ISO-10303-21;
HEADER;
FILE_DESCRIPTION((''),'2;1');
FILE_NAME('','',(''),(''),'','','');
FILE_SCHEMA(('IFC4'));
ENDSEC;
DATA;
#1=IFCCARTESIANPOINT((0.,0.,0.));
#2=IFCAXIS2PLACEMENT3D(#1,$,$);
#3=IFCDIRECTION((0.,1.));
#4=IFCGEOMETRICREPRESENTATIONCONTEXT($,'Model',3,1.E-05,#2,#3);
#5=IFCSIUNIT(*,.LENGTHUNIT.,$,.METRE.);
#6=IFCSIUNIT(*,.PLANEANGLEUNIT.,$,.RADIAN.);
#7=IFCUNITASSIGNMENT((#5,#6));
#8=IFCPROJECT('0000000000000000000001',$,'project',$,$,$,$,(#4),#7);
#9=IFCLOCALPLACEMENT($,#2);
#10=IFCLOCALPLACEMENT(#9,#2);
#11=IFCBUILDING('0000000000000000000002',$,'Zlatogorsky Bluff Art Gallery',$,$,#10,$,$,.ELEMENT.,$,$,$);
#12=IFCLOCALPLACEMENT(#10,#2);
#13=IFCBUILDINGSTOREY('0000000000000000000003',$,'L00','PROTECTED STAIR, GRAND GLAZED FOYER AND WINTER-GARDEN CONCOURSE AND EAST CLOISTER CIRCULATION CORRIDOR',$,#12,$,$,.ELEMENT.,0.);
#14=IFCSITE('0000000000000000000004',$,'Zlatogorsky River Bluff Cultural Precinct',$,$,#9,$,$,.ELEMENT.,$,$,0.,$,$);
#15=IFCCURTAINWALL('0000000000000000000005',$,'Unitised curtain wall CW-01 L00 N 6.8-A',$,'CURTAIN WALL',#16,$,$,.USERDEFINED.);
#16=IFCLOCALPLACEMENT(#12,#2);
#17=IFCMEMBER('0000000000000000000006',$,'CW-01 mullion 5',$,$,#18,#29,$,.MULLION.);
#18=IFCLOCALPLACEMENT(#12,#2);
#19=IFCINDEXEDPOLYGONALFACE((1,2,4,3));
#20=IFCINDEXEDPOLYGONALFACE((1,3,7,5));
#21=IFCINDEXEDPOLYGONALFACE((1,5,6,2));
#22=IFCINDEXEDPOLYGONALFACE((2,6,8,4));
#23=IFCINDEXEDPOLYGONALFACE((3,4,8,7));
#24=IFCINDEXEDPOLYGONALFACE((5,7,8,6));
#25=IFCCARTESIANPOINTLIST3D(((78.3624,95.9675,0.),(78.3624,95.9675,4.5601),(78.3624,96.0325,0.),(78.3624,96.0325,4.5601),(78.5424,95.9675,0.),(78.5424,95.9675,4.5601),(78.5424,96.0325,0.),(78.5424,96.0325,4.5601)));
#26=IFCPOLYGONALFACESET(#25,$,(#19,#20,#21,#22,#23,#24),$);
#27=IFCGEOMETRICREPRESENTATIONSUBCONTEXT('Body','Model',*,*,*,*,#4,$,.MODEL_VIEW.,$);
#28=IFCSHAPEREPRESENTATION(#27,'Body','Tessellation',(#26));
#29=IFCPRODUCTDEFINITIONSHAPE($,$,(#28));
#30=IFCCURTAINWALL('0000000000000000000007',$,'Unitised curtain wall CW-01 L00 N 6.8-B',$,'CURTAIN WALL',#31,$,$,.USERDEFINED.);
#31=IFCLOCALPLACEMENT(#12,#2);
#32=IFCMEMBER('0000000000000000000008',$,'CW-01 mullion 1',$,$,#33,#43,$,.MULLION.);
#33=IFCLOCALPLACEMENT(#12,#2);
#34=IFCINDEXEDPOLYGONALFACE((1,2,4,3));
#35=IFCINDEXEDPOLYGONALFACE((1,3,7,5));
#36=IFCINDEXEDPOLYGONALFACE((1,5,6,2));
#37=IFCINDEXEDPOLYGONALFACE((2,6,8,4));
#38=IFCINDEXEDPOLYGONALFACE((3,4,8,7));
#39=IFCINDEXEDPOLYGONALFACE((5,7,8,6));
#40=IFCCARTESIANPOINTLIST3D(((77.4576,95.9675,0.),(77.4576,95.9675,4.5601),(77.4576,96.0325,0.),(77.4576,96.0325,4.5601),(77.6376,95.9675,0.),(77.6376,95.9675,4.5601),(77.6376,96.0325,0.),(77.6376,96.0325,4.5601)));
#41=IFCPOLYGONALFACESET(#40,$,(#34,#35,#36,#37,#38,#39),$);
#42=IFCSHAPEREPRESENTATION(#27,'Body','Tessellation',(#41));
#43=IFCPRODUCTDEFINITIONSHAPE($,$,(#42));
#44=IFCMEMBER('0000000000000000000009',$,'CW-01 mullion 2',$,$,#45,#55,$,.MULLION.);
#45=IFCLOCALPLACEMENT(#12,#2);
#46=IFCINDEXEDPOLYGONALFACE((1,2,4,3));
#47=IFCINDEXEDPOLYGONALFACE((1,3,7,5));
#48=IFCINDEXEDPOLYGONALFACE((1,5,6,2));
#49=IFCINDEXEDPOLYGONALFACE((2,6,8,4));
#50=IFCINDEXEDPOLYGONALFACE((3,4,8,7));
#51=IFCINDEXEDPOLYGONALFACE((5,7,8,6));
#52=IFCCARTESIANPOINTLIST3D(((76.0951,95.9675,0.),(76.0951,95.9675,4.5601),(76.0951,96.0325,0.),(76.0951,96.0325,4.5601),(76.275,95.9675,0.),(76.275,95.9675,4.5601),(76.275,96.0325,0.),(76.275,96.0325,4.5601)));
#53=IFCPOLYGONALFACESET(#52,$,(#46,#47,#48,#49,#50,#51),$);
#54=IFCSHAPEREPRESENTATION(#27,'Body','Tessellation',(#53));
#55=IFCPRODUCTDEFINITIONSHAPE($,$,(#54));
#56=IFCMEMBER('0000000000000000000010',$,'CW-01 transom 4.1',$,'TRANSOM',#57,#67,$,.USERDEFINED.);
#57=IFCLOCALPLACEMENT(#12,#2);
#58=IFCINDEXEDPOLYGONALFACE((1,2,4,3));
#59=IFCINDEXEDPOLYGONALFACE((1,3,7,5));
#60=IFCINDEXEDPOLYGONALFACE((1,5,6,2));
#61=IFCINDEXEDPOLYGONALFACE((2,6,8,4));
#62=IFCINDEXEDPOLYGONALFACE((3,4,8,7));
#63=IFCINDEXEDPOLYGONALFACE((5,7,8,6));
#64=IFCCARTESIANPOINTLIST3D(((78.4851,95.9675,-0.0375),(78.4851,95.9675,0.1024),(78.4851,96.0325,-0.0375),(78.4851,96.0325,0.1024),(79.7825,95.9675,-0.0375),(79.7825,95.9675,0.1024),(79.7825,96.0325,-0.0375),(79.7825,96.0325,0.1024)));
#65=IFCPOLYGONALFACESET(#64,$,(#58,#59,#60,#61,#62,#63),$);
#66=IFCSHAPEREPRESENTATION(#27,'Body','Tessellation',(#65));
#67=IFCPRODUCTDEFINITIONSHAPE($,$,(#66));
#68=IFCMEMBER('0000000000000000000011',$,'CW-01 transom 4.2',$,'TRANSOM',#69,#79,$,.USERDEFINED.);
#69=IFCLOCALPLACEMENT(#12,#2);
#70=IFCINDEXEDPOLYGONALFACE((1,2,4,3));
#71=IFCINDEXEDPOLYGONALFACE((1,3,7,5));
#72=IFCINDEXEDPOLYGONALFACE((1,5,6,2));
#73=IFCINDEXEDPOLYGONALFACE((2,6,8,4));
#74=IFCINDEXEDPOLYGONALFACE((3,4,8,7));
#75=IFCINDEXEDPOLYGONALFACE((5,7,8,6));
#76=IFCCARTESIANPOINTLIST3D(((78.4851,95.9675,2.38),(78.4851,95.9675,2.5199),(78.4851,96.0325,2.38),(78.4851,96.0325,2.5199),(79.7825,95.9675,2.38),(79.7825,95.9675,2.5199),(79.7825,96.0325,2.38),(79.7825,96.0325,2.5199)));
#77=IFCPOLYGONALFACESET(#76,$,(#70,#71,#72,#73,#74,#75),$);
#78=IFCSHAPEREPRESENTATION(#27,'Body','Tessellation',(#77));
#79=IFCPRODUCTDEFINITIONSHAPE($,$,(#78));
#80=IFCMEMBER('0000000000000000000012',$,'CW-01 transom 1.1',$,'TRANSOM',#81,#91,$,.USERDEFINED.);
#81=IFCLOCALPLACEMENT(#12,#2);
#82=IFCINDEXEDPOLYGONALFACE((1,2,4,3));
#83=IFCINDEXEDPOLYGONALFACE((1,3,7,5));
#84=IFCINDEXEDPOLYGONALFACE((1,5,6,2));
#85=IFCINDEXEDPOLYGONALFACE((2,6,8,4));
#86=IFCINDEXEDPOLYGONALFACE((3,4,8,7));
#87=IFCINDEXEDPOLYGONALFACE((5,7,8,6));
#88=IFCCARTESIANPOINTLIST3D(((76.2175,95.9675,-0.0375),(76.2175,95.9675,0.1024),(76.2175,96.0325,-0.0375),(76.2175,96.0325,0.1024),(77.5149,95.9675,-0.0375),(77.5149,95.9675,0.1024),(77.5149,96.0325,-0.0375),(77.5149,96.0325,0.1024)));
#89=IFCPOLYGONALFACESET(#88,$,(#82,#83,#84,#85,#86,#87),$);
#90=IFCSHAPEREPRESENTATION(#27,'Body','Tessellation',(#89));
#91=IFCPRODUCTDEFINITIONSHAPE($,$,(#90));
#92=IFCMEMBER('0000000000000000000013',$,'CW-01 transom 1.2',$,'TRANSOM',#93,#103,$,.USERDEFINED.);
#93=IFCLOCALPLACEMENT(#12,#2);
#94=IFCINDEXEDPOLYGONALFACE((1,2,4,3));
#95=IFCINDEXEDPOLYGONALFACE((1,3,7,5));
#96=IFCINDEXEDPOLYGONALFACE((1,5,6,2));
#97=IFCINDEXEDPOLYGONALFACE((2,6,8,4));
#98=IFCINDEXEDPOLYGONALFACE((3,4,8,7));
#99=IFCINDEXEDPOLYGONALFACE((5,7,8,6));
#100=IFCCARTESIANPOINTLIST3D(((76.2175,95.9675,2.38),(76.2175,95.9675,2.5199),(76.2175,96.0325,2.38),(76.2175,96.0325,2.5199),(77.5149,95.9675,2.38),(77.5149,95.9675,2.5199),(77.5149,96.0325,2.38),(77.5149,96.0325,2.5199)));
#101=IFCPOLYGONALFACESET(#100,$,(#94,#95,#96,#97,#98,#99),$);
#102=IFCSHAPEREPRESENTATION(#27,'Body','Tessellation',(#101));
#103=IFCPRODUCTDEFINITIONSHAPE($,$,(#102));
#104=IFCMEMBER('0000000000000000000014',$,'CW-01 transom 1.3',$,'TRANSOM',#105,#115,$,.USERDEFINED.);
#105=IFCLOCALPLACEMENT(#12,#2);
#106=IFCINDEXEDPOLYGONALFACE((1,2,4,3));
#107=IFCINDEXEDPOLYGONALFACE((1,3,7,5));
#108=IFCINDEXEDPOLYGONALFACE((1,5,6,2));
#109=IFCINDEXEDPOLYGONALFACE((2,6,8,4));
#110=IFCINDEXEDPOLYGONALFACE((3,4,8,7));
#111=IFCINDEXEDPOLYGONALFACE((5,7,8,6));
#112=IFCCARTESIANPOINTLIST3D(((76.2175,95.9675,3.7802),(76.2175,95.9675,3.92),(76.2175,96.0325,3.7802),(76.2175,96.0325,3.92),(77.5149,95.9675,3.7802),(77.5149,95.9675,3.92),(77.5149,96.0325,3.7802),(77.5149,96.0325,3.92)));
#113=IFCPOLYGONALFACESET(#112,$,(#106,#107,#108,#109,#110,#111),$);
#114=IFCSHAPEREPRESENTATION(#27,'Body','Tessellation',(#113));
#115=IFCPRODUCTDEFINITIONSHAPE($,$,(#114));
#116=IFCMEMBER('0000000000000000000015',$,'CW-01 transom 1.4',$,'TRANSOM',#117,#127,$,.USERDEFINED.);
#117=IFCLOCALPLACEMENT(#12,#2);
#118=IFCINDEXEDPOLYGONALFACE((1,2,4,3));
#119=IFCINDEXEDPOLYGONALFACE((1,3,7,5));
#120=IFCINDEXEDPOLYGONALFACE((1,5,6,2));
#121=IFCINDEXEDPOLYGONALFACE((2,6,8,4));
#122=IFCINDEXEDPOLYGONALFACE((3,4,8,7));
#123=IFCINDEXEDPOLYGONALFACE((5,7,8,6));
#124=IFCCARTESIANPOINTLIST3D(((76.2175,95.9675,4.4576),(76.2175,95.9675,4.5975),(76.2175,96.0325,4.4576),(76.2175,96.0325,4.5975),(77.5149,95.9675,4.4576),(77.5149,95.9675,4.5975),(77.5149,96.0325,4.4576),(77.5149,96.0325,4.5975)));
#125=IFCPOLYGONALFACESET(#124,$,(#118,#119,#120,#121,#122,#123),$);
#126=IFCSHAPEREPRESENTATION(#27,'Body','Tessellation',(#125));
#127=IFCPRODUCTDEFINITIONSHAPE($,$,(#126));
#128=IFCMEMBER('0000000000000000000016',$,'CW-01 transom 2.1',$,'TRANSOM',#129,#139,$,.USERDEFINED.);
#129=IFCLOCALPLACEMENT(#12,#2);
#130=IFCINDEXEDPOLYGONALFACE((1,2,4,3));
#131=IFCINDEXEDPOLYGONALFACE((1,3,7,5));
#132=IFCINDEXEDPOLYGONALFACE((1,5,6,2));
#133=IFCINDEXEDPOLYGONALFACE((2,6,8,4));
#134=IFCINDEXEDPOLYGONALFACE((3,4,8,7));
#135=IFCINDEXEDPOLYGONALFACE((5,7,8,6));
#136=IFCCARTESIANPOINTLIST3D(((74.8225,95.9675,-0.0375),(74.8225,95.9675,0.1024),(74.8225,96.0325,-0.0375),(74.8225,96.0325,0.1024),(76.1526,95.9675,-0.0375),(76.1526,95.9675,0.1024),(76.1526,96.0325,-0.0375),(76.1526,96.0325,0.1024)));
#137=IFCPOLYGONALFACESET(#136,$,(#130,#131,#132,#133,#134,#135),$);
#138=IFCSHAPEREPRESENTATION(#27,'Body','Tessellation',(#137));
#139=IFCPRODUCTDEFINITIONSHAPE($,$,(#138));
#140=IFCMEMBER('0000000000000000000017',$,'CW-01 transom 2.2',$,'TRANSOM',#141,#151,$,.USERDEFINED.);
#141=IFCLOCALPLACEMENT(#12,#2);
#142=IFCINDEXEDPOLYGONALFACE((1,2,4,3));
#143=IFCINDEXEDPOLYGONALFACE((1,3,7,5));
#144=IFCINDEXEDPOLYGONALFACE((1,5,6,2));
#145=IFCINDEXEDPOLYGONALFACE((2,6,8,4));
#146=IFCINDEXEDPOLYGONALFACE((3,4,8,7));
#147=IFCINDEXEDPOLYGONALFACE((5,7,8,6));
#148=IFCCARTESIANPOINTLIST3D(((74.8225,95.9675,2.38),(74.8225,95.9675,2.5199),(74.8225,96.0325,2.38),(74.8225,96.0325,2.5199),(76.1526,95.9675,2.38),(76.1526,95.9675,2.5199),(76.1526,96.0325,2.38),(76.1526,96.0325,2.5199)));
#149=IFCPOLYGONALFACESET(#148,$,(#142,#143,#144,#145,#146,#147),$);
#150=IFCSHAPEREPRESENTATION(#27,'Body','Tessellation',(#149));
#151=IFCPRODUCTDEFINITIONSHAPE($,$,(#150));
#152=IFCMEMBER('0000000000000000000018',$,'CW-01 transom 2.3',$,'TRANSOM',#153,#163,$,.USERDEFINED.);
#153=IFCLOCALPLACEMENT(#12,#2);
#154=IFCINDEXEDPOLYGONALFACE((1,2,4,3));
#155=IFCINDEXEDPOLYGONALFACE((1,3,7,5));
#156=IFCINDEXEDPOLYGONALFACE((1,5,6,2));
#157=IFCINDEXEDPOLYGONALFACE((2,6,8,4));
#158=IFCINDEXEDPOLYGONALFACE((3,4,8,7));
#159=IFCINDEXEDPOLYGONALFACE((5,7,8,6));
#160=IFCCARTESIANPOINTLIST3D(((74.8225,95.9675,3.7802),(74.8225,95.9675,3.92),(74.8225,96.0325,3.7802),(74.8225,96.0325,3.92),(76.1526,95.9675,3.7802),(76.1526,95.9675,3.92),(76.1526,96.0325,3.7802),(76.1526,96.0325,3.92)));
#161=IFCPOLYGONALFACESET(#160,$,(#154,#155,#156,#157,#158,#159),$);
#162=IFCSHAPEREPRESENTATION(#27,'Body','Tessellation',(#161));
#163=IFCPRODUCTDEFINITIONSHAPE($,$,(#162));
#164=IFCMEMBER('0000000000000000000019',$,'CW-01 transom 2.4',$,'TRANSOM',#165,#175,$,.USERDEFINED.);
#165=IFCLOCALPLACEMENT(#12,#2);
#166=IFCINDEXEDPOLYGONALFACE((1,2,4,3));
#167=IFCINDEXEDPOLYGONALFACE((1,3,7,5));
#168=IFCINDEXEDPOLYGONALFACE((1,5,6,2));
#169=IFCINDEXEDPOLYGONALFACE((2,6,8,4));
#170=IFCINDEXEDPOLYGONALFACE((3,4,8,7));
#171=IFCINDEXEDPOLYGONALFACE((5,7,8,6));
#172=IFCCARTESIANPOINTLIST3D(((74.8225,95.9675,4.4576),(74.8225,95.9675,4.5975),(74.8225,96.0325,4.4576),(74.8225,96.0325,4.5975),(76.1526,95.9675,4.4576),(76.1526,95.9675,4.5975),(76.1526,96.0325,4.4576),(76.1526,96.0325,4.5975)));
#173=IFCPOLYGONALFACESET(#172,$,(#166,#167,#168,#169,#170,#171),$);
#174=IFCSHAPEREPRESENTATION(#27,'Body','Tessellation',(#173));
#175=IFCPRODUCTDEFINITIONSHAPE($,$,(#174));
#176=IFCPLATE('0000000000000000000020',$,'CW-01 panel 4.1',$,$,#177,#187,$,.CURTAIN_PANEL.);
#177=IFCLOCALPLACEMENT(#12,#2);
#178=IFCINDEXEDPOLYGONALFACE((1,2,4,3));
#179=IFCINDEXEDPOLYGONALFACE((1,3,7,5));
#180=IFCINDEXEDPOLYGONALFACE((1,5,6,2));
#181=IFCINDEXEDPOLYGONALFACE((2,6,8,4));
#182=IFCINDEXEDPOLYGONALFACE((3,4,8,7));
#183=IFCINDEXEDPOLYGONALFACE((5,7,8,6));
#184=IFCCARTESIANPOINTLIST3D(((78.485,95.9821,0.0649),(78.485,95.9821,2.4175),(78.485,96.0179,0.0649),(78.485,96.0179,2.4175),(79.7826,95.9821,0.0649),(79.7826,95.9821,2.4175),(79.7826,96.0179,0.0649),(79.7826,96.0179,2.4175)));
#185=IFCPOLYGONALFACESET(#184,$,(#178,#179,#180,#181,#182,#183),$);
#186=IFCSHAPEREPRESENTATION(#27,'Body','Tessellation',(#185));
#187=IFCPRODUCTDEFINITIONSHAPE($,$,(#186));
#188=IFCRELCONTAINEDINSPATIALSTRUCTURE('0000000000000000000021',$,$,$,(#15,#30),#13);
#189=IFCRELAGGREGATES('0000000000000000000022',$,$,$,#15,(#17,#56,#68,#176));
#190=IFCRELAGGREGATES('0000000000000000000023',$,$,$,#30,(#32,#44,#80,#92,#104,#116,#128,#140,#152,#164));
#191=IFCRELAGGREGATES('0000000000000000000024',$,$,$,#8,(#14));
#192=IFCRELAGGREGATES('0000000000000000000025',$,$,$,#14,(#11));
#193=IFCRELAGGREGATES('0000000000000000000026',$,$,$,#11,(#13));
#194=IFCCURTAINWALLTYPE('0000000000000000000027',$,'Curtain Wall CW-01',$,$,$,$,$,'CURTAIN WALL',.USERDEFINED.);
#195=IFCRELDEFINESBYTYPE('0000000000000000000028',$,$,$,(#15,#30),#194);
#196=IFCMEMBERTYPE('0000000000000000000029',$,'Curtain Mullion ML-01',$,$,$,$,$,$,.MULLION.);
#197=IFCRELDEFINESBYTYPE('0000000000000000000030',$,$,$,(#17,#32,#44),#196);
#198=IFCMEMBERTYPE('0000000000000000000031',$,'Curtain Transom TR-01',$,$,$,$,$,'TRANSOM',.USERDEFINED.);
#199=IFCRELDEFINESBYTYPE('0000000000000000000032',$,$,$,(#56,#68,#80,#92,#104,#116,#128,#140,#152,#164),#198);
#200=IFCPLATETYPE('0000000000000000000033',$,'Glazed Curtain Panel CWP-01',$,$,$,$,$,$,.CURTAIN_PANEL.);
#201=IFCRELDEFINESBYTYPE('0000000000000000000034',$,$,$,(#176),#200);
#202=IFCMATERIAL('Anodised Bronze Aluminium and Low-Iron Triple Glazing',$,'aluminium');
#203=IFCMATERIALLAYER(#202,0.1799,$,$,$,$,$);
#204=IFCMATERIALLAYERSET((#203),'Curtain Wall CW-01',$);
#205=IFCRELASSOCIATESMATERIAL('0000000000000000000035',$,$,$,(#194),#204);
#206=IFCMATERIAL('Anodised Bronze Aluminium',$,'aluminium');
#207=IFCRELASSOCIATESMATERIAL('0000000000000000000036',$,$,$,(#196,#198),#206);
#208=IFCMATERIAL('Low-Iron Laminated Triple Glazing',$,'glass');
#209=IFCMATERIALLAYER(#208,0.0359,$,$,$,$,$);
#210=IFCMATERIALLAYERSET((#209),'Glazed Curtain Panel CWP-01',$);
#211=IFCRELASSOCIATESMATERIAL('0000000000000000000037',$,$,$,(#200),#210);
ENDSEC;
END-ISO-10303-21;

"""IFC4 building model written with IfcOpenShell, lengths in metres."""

from ifc_helpers import new_model, si_unit, direction, frame, origin, origin_2d, place, context, subcontext, project, spatial, rectangle, extrude, material, layer, layer_set, material_profile, profile_set, type_object, element, aggregate, save


model = new_model("IFC4")

# Units and contexts
model_context = context("Model", 3, precision=1e-05, world=origin(), true_north=direction((0.0, 1.0)))
body_context = subcontext(model_context, "Body", "Model", "MODEL_VIEW")
ifc_project = project(units=[si_unit("LENGTHUNIT", "METRE"), si_unit("PLANEANGLEUNIT", "RADIAN")], contexts=[model_context])

# Site, building, storey
site_placement = place(None, origin())
site = spatial("IfcSite", under=ifc_project, at=site_placement, Name="Zlatogorsky River Bluff Cultural Precinct", CompositionType="ELEMENT", RefElevation=0.0)
building_placement = place(site_placement, origin())
building = spatial("IfcBuilding", under=site, at=building_placement, Name="Zlatogorsky Bluff Art Gallery", CompositionType="ELEMENT")
storey_placement = place(building_placement, origin())
storey = spatial("IfcBuildingStorey", under=building, at=storey_placement, Name="L00", Description="PROTECTED STAIR, GRAND GLAZED FOYER AND WINTER-GARDEN CONCOURSE AND EAST CLOISTER CIRCULATION CORRIDOR", CompositionType="ELEMENT", Elevation=0.0)

# Curtain wall, member
ifc_material_1 = material(Name="Anodised Bronze Aluminium and Low-Iron Triple Glazing", Category="aluminium")
ifc_layer_1 = layer(ifc_material_1, 0.1799)
ifc_layer_set_1 = layer_set([ifc_layer_1], Name="Curtain Wall CW-01")
curtain_wall_type = type_object("IfcCurtainWallType", Name="Curtain Wall CW-01", ElementType="CURTAIN WALL", PredefinedType="USERDEFINED", material=ifc_layer_set_1)
curtain_wall_1_placement = place(storey_placement, origin())
curtain_wall_1 = element("IfcCurtainWall", 1, at=curtain_wall_1_placement, inside=storey, type_object=curtain_wall_type, Name="Unitised curtain wall CW-01 L00 N 6.8-A", ObjectType="CURTAIN WALL", PredefinedType="USERDEFINED")
ifc_material_2 = material(Name="Anodised Bronze Aluminium", Category="aluminium")
ifc_material_profile_1 = material_profile(ifc_material_2, rectangle(XDim=0.0649, YDim=0.1799, at=origin_2d()), Name="ALU MULLION 65x180")
ifc_profile_set_1 = profile_set([ifc_material_profile_1], Name="Anodised Bronze Aluminium")
member_type_1 = type_object("IfcMemberType", Name="Curtain Mullion ML-01", PredefinedType="MULLION", material=ifc_profile_set_1)
member_1_placement = place(storey_placement, frame((78.4524, 96.0, 0.0), z_axis=(0.0, 0.0, 1.0), x_axis=(0.0, -1.0, 0.0)))
member_1 = element("IfcMember", 2, at=member_1_placement, type_object=member_type_1, Name="CW-01 mullion 5", PredefinedType="MULLION", context=body_context, shape_type="SweptSolid", body=[
    extrude(rectangle(XDim=0.0649, YDim=0.1799, at=origin_2d()), origin(), (0.0, 0.0, 1.0), 4.5601),
])

# Curtain wall, members
curtain_wall_2_placement = place(storey_placement, origin())
curtain_wall_2 = element("IfcCurtainWall", 3, at=curtain_wall_2_placement, inside=storey, type_object=curtain_wall_type, Name="Unitised curtain wall CW-01 L00 N 6.8-B", ObjectType="CURTAIN WALL", PredefinedType="USERDEFINED")
member_2_placement = place(storey_placement, frame((77.5476, 96.0, 0.0), z_axis=(0.0, 0.0, 1.0), x_axis=(0.0, -1.0, 0.0)))
member_2 = element("IfcMember", 4, at=member_2_placement, type_object=member_type_1, Name="CW-01 mullion 1", PredefinedType="MULLION", context=body_context, shape_type="SweptSolid", body=[
    extrude(rectangle(XDim=0.0649, YDim=0.1799, at=origin_2d()), origin(), (0.0, 0.0, 1.0), 4.5601),
])
member_3_placement = place(storey_placement, frame((76.1851, 96.0, 0.0), z_axis=(0.0, 0.0, 1.0), x_axis=(0.0, -1.0, 0.0)))
member_3 = element("IfcMember", 5, at=member_3_placement, type_object=member_type_1, Name="CW-01 mullion 2", PredefinedType="MULLION", context=body_context, shape_type="SweptSolid", body=[
    extrude(rectangle(XDim=0.0649, YDim=0.1799, at=origin_2d()), origin(), (0.0, 0.0, 1.0), 4.5601),
])

# Members
ifc_material_profile_2 = material_profile(ifc_material_2, rectangle(XDim=0.0649, YDim=0.1399, at=origin_2d()), Name="ALU TRANSOM 65x140")
ifc_profile_set_2 = profile_set([ifc_material_profile_2], Name="Anodised Bronze Aluminium")
member_type_2 = type_object("IfcMemberType", Name="Curtain Transom TR-01", ElementType="TRANSOM", PredefinedType="USERDEFINED", material=ifc_profile_set_2)
member_4_placement = place(storey_placement, frame((79.7825, 96.0, 0.0325), z_axis=(-1.0, 0.0, 0.0), x_axis=(0.0, -1.0, 0.0)))
member_4 = element("IfcMember", 6, at=member_4_placement, type_object=member_type_2, Name="CW-01 transom 4.1", ObjectType="TRANSOM", PredefinedType="USERDEFINED", context=body_context, shape_type="SweptSolid", body=[
    extrude(rectangle(XDim=0.0649, YDim=0.1399, at=origin_2d()), origin(), (0.0, 0.0, 1.0), 1.2974),
])
member_5_placement = place(storey_placement, frame((79.7825, 96.0, 2.45), z_axis=(-1.0, 0.0, 0.0), x_axis=(0.0, -1.0, 0.0)))
member_5 = element("IfcMember", 7, at=member_5_placement, type_object=member_type_2, Name="CW-01 transom 4.2", ObjectType="TRANSOM", PredefinedType="USERDEFINED", context=body_context, shape_type="SweptSolid", body=[
    extrude(rectangle(XDim=0.0649, YDim=0.1399, at=origin_2d()), origin(), (0.0, 0.0, 1.0), 1.2974),
])
member_6_placement = place(storey_placement, frame((77.5149, 96.0, 0.0325), z_axis=(-1.0, 0.0, 0.0), x_axis=(0.0, -1.0, 0.0)))
member_6 = element("IfcMember", 8, at=member_6_placement, type_object=member_type_2, Name="CW-01 transom 1.1", ObjectType="TRANSOM", PredefinedType="USERDEFINED", context=body_context, shape_type="SweptSolid", body=[
    extrude(rectangle(XDim=0.0649, YDim=0.1399, at=origin_2d()), origin(), (0.0, 0.0, 1.0), 1.2974),
])
member_7_placement = place(storey_placement, frame((77.5149, 96.0, 2.45), z_axis=(-1.0, 0.0, 0.0), x_axis=(0.0, -1.0, 0.0)))
member_7 = element("IfcMember", 9, at=member_7_placement, type_object=member_type_2, Name="CW-01 transom 1.2", ObjectType="TRANSOM", PredefinedType="USERDEFINED", context=body_context, shape_type="SweptSolid", body=[
    extrude(rectangle(XDim=0.0649, YDim=0.1399, at=origin_2d()), origin(), (0.0, 0.0, 1.0), 1.2974),
])
member_8_placement = place(storey_placement, frame((77.5149, 96.0, 3.8501), z_axis=(-1.0, 0.0, 0.0), x_axis=(0.0, -1.0, 0.0)))
member_8 = element("IfcMember", 10, at=member_8_placement, type_object=member_type_2, Name="CW-01 transom 1.3", ObjectType="TRANSOM", PredefinedType="USERDEFINED", context=body_context, shape_type="SweptSolid", body=[
    extrude(rectangle(XDim=0.0649, YDim=0.1399, at=origin_2d()), origin(), (0.0, 0.0, 1.0), 1.2974),
])
member_9_placement = place(storey_placement, frame((77.5149, 96.0, 4.5276), z_axis=(-1.0, 0.0, 0.0), x_axis=(0.0, -1.0, 0.0)))
member_9 = element("IfcMember", 11, at=member_9_placement, type_object=member_type_2, Name="CW-01 transom 1.4", ObjectType="TRANSOM", PredefinedType="USERDEFINED", context=body_context, shape_type="SweptSolid", body=[
    extrude(rectangle(XDim=0.0649, YDim=0.1399, at=origin_2d()), origin(), (0.0, 0.0, 1.0), 1.2974),
])
member_10_placement = place(storey_placement, frame((76.1526, 96.0, 0.0325), z_axis=(-1.0, 0.0, 0.0), x_axis=(0.0, -1.0, 0.0)))
member_10 = element("IfcMember", 12, at=member_10_placement, type_object=member_type_2, Name="CW-01 transom 2.1", ObjectType="TRANSOM", PredefinedType="USERDEFINED", context=body_context, shape_type="SweptSolid", body=[
    extrude(rectangle(XDim=0.0649, YDim=0.1399, at=origin_2d()), origin(), (0.0, 0.0, 1.0), 1.3301),
])
member_11_placement = place(storey_placement, frame((76.1526, 96.0, 2.45), z_axis=(-1.0, 0.0, 0.0), x_axis=(0.0, -1.0, 0.0)))
member_11 = element("IfcMember", 13, at=member_11_placement, type_object=member_type_2, Name="CW-01 transom 2.2", ObjectType="TRANSOM", PredefinedType="USERDEFINED", context=body_context, shape_type="SweptSolid", body=[
    extrude(rectangle(XDim=0.0649, YDim=0.1399, at=origin_2d()), origin(), (0.0, 0.0, 1.0), 1.3301),
])
member_12_placement = place(storey_placement, frame((76.1526, 96.0, 3.8501), z_axis=(-1.0, 0.0, 0.0), x_axis=(0.0, -1.0, 0.0)))
member_12 = element("IfcMember", 14, at=member_12_placement, type_object=member_type_2, Name="CW-01 transom 2.3", ObjectType="TRANSOM", PredefinedType="USERDEFINED", context=body_context, shape_type="SweptSolid", body=[
    extrude(rectangle(XDim=0.0649, YDim=0.1399, at=origin_2d()), origin(), (0.0, 0.0, 1.0), 1.3301),
])
member_13_placement = place(storey_placement, frame((76.1526, 96.0, 4.5276), z_axis=(-1.0, 0.0, 0.0), x_axis=(0.0, -1.0, 0.0)))
member_13 = element("IfcMember", 15, at=member_13_placement, type_object=member_type_2, Name="CW-01 transom 2.4", ObjectType="TRANSOM", PredefinedType="USERDEFINED", context=body_context, shape_type="SweptSolid", body=[
    extrude(rectangle(XDim=0.0649, YDim=0.1399, at=origin_2d()), origin(), (0.0, 0.0, 1.0), 1.3301),
])

# Plate
ifc_material_3 = material(Name="Low-Iron Laminated Triple Glazing", Category="glass")
ifc_layer_2 = layer(ifc_material_3, 0.0359)
ifc_layer_set_2 = layer_set([ifc_layer_2], Name="Glazed Curtain Panel CWP-01")
plate_type = type_object("IfcPlateType", Name="Glazed Curtain Panel CWP-01", PredefinedType="CURTAIN_PANEL", material=ifc_layer_set_2)
plate_1_placement = place(storey_placement, frame((79.1338, 96.0, 0.0649), z_axis=(0.0, 0.0, 1.0), x_axis=(-1.0, 0.0, 0.0)))
plate_1 = element("IfcPlate", 16, at=plate_1_placement, type_object=plate_type, Name="CW-01 panel 4.1", PredefinedType="CURTAIN_PANEL", context=body_context, shape_type="SweptSolid", body=[
    extrude(rectangle(XDim=1.2976, YDim=0.0359, at=origin_2d()), origin(), (0.0, 0.0, 1.0), 2.3525),
])
aggregate(curtain_wall_1, [member_1, member_4, member_5, plate_1])
aggregate(curtain_wall_2, [member_2, member_3, member_6, member_7, member_8, member_9, member_10, member_11, member_12, member_13])

save(model, "model.ifc")
